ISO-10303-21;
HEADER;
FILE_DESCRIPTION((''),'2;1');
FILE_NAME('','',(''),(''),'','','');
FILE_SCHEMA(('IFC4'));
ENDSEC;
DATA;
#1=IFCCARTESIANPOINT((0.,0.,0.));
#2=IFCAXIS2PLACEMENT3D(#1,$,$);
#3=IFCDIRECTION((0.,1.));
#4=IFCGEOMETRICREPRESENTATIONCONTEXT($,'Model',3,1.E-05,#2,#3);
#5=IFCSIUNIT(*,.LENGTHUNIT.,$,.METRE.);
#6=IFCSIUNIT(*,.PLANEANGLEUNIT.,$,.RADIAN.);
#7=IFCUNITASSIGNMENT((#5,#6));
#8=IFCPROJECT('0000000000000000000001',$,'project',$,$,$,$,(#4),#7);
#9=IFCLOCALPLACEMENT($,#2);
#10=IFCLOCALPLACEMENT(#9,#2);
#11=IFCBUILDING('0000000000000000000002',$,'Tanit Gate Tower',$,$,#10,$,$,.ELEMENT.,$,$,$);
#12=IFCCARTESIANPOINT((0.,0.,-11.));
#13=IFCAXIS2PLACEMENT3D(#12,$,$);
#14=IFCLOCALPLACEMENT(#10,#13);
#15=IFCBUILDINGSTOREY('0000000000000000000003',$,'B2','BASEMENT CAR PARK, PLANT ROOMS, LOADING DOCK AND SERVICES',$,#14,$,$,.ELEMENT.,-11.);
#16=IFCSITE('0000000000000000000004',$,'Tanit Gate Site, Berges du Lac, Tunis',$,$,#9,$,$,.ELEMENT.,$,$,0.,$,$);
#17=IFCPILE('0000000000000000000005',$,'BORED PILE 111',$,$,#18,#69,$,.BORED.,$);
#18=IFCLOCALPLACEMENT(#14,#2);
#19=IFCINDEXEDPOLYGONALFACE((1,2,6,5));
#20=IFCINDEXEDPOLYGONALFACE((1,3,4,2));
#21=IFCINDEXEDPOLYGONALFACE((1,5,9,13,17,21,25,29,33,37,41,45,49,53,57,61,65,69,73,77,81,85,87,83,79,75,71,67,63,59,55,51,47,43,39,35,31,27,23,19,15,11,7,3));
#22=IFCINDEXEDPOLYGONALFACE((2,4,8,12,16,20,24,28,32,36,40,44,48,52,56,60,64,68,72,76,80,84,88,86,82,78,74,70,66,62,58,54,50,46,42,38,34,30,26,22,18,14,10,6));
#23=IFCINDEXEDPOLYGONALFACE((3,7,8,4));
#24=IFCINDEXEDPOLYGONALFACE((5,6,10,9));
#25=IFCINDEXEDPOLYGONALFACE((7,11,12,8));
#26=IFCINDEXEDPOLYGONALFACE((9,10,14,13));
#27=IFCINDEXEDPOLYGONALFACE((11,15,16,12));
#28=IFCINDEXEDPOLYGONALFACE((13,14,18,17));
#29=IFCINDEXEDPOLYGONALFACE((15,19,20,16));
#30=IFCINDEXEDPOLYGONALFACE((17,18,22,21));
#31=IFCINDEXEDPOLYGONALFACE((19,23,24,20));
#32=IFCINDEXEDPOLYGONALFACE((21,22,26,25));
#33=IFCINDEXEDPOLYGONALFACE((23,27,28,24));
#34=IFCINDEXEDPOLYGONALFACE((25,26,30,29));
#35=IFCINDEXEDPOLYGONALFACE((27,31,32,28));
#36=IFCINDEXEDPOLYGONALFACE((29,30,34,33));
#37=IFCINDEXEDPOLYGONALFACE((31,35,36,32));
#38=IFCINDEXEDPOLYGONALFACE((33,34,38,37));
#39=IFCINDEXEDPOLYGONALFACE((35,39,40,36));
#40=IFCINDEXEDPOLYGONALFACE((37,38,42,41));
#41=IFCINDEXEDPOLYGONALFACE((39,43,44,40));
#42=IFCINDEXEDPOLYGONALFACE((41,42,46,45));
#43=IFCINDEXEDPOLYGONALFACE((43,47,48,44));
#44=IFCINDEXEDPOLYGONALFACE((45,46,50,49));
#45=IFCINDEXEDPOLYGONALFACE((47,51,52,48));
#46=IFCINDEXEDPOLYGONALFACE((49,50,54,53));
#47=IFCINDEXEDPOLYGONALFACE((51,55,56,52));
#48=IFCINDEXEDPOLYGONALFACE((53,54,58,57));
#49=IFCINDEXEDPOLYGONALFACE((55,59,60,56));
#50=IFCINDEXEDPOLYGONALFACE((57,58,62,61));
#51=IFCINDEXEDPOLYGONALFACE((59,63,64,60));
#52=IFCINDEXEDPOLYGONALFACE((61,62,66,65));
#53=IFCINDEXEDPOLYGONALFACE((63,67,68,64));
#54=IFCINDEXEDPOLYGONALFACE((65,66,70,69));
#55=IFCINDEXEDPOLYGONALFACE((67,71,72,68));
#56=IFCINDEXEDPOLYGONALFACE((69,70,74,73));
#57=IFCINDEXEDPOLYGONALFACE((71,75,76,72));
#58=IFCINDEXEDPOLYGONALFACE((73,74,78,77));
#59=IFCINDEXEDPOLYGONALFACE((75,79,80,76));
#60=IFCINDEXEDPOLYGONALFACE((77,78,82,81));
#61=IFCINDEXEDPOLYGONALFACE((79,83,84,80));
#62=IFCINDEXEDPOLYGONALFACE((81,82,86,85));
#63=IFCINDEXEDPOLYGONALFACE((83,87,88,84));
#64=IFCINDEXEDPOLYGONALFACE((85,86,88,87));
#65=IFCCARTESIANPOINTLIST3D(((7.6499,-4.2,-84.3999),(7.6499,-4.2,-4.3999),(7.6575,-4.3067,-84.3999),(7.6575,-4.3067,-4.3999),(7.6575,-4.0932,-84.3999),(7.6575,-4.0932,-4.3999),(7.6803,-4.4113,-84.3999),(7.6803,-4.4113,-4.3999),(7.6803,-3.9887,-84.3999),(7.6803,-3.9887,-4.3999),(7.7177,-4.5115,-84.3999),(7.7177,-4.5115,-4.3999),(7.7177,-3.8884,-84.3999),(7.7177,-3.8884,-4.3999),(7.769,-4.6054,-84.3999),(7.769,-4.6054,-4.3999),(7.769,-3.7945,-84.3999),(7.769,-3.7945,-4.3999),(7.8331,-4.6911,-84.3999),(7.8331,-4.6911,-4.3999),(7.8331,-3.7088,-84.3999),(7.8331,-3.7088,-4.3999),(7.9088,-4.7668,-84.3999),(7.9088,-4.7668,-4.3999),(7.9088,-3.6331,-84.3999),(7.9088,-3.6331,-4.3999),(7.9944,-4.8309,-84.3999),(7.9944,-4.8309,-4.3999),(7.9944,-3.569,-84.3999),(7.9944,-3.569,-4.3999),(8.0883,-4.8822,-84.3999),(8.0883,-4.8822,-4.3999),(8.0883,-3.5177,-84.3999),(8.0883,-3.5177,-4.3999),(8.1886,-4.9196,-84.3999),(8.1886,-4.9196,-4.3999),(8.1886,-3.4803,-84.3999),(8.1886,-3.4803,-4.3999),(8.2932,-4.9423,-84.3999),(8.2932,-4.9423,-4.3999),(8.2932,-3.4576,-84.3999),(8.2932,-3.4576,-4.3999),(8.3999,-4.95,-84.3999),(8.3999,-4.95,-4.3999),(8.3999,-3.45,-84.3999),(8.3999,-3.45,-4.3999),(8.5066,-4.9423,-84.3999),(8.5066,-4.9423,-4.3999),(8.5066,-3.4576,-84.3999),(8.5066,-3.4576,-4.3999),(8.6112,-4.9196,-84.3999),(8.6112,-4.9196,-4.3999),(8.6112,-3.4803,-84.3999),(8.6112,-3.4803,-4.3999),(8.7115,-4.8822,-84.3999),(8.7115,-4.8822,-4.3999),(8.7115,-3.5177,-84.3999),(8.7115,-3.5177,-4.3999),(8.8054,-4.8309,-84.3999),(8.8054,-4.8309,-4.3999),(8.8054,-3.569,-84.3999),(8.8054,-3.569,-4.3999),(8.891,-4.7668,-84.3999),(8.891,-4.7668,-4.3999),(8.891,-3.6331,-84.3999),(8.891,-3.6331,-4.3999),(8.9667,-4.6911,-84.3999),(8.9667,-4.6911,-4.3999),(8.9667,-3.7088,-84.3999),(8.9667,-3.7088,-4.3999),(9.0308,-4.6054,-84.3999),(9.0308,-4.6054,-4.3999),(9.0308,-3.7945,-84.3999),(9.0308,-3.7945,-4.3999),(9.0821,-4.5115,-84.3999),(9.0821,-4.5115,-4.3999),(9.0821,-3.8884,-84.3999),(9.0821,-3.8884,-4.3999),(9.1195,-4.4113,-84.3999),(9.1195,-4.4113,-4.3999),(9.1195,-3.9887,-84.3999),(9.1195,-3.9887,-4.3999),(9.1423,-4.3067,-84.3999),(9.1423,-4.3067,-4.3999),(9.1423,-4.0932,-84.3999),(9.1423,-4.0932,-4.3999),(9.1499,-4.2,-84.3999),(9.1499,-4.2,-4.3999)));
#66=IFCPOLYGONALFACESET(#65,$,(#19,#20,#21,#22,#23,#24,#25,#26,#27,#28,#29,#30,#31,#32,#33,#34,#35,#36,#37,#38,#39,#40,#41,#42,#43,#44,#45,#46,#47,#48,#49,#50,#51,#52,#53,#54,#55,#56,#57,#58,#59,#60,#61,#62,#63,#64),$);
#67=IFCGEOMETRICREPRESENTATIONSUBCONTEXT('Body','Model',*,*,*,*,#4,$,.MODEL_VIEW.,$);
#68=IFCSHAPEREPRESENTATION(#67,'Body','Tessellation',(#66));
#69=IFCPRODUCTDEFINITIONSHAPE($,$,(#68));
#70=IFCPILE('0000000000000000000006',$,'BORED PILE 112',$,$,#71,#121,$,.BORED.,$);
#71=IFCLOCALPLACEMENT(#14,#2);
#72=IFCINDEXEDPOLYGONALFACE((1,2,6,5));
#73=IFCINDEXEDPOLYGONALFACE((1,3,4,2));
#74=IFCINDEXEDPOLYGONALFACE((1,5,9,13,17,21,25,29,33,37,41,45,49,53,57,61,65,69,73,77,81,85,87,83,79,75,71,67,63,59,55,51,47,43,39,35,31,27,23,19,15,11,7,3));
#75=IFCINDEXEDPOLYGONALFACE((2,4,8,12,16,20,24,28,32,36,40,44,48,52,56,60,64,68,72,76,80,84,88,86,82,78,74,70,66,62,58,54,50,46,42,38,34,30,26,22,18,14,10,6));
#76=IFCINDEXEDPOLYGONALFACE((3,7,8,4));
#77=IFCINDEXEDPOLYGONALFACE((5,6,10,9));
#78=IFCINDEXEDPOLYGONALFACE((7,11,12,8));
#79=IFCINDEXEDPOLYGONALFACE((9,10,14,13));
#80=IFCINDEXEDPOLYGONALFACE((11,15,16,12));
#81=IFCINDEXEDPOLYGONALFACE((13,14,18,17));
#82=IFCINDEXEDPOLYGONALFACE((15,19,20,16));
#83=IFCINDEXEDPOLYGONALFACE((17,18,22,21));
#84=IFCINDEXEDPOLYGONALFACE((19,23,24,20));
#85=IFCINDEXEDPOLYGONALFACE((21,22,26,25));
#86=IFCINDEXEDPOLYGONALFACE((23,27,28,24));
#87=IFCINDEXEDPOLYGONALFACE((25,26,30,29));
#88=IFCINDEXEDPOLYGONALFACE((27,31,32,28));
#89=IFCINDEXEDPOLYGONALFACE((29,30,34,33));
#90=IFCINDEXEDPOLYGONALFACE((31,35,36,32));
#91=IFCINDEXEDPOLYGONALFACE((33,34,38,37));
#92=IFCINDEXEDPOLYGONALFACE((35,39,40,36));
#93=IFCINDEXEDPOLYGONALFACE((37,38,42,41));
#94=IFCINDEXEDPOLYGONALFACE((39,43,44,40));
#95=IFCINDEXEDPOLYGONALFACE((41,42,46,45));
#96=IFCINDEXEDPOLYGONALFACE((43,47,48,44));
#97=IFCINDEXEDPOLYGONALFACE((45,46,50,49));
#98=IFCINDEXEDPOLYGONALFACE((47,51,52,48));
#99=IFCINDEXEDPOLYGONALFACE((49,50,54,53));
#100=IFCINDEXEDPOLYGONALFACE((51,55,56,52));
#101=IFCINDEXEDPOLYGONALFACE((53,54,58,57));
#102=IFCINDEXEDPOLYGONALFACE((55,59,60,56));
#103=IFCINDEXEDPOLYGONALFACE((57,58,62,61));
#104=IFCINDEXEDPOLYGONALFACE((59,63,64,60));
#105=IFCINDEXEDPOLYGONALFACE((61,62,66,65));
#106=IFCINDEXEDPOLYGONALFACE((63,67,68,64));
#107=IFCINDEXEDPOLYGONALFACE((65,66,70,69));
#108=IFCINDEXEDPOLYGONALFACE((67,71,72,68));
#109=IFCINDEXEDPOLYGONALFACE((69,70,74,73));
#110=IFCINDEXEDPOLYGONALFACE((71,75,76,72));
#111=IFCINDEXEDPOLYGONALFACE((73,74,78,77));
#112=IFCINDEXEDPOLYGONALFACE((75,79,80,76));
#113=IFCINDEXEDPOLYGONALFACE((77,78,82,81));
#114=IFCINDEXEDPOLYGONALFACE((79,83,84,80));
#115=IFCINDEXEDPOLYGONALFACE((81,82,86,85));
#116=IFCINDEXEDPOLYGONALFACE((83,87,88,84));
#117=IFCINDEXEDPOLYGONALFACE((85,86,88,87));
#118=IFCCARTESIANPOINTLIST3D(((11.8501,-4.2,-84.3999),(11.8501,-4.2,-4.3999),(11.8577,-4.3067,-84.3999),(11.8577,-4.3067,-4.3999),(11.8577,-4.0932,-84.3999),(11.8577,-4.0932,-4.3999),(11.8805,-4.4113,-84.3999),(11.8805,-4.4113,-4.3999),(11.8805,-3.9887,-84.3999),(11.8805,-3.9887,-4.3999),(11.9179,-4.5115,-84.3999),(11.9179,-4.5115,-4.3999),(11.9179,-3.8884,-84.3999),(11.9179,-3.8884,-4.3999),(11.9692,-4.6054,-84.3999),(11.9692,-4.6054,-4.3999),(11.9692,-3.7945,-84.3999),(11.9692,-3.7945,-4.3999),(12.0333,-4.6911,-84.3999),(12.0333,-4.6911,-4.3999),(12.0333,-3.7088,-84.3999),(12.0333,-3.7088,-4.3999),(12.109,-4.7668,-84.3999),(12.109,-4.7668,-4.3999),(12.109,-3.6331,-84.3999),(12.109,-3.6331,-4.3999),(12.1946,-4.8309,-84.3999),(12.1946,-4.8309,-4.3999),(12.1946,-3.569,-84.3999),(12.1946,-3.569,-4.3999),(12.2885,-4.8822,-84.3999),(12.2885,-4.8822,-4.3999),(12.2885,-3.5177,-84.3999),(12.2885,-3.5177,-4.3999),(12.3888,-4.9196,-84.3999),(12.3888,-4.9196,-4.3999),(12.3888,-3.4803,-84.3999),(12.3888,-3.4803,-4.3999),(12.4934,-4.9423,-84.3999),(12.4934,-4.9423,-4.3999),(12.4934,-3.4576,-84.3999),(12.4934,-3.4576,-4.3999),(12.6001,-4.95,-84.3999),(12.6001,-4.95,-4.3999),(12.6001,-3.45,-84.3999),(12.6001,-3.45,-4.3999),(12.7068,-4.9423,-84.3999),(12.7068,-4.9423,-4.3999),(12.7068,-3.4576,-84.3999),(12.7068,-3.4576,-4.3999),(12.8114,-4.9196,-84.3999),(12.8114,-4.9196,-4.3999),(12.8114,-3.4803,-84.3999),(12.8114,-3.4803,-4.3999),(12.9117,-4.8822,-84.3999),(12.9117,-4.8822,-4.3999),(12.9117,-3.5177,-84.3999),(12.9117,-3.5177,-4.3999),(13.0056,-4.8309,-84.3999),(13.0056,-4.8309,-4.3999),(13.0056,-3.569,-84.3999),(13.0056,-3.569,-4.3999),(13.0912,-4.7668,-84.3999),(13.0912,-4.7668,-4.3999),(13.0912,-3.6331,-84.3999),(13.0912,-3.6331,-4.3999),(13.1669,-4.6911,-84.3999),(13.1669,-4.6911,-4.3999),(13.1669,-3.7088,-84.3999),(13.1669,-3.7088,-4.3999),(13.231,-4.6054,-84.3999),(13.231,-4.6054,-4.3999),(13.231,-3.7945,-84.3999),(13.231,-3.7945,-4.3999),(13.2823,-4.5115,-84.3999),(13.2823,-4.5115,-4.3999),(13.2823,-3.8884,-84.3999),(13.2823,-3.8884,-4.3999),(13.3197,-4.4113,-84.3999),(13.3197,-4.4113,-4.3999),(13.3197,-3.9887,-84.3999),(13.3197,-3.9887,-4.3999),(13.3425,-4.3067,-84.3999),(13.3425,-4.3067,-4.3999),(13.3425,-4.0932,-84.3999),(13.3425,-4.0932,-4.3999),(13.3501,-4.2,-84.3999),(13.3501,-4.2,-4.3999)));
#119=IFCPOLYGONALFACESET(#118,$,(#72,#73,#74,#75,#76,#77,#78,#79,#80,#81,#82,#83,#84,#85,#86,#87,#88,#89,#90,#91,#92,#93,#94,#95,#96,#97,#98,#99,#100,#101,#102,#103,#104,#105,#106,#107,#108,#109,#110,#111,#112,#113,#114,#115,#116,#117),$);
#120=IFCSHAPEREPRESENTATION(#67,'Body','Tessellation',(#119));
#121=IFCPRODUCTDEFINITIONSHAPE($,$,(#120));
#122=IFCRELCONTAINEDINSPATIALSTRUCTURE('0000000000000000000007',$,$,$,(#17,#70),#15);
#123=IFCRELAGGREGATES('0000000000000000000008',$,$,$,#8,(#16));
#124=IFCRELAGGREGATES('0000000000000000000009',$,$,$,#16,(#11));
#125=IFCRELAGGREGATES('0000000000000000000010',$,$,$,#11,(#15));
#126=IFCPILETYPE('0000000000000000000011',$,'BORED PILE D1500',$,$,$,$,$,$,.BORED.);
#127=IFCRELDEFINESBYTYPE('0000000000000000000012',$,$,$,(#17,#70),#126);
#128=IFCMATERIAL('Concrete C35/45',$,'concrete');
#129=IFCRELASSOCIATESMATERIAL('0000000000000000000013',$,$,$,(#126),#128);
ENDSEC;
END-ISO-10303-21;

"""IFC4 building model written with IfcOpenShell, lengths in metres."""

from ifc_helpers import new_model, si_unit, direction, frame, origin, origin_2d, place, context, subcontext, project, spatial, circle, extrude, material, material_profile, profile_set, type_object, element, save


model = new_model("IFC4")

# Units and contexts
model_context = context("Model", 3, precision=1e-05, world=origin(), true_north=direction((0.0, 1.0)))
body_context = subcontext(model_context, "Body", "Model", "MODEL_VIEW")
ifc_project = project(units=[si_unit("LENGTHUNIT", "METRE"), si_unit("PLANEANGLEUNIT", "RADIAN")], contexts=[model_context])

# Site, building, storey
site_placement = place(None, origin())
site = spatial("IfcSite", under=ifc_project, at=site_placement, Name="Tanit Gate Site, Berges du Lac, Tunis", CompositionType="ELEMENT", RefElevation=0.0)
building_placement = place(site_placement, origin())
building = spatial("IfcBuilding", under=site, at=building_placement, Name="Tanit Gate Tower", CompositionType="ELEMENT")
storey_placement = place(building_placement, frame((0.0, 0.0, -11.0)))
storey = spatial("IfcBuildingStorey", under=building, at=storey_placement, Name="B2", Description="BASEMENT CAR PARK, PLANT ROOMS, LOADING DOCK AND SERVICES", CompositionType="ELEMENT", Elevation=-11.0)

# Piles
ifc_material_1 = material(Name="Concrete C35/45", Category="concrete")
ifc_material_profile = material_profile(ifc_material_1, circle(Radius=0.75, at=origin_2d()), Name="BORED PILE D1500 C35/45")
ifc_profile_set = profile_set([ifc_material_profile], Name="Concrete C35/45")
pile_type = type_object("IfcPileType", Name="BORED PILE D1500", PredefinedType="BORED", material=ifc_profile_set)
for number, where, z_axis, x_axis, name in (
    (1, (8.3999, -4.2, -4.3999), (0.0, 0.0, -1.0), (1.0, 0.0, 0.0), "BORED PILE 111"),
    (2, (12.6001, -4.2, -4.3999), (0.0, 0.0, -1.0), (1.0, 0.0, 0.0), "BORED PILE 112"),
):
    element("IfcPile", number, at=place(storey_placement, frame(where, z_axis=z_axis, x_axis=x_axis)), inside=storey, type_object=pile_type, Name=name, PredefinedType="BORED", context=body_context, shape_type="SweptSolid", body=[
        extrude(circle(Radius=0.75, at=origin_2d()), origin(), (0.0, 0.0, 1.0), 80.0),
    ])

save(model, "model.ifc")
